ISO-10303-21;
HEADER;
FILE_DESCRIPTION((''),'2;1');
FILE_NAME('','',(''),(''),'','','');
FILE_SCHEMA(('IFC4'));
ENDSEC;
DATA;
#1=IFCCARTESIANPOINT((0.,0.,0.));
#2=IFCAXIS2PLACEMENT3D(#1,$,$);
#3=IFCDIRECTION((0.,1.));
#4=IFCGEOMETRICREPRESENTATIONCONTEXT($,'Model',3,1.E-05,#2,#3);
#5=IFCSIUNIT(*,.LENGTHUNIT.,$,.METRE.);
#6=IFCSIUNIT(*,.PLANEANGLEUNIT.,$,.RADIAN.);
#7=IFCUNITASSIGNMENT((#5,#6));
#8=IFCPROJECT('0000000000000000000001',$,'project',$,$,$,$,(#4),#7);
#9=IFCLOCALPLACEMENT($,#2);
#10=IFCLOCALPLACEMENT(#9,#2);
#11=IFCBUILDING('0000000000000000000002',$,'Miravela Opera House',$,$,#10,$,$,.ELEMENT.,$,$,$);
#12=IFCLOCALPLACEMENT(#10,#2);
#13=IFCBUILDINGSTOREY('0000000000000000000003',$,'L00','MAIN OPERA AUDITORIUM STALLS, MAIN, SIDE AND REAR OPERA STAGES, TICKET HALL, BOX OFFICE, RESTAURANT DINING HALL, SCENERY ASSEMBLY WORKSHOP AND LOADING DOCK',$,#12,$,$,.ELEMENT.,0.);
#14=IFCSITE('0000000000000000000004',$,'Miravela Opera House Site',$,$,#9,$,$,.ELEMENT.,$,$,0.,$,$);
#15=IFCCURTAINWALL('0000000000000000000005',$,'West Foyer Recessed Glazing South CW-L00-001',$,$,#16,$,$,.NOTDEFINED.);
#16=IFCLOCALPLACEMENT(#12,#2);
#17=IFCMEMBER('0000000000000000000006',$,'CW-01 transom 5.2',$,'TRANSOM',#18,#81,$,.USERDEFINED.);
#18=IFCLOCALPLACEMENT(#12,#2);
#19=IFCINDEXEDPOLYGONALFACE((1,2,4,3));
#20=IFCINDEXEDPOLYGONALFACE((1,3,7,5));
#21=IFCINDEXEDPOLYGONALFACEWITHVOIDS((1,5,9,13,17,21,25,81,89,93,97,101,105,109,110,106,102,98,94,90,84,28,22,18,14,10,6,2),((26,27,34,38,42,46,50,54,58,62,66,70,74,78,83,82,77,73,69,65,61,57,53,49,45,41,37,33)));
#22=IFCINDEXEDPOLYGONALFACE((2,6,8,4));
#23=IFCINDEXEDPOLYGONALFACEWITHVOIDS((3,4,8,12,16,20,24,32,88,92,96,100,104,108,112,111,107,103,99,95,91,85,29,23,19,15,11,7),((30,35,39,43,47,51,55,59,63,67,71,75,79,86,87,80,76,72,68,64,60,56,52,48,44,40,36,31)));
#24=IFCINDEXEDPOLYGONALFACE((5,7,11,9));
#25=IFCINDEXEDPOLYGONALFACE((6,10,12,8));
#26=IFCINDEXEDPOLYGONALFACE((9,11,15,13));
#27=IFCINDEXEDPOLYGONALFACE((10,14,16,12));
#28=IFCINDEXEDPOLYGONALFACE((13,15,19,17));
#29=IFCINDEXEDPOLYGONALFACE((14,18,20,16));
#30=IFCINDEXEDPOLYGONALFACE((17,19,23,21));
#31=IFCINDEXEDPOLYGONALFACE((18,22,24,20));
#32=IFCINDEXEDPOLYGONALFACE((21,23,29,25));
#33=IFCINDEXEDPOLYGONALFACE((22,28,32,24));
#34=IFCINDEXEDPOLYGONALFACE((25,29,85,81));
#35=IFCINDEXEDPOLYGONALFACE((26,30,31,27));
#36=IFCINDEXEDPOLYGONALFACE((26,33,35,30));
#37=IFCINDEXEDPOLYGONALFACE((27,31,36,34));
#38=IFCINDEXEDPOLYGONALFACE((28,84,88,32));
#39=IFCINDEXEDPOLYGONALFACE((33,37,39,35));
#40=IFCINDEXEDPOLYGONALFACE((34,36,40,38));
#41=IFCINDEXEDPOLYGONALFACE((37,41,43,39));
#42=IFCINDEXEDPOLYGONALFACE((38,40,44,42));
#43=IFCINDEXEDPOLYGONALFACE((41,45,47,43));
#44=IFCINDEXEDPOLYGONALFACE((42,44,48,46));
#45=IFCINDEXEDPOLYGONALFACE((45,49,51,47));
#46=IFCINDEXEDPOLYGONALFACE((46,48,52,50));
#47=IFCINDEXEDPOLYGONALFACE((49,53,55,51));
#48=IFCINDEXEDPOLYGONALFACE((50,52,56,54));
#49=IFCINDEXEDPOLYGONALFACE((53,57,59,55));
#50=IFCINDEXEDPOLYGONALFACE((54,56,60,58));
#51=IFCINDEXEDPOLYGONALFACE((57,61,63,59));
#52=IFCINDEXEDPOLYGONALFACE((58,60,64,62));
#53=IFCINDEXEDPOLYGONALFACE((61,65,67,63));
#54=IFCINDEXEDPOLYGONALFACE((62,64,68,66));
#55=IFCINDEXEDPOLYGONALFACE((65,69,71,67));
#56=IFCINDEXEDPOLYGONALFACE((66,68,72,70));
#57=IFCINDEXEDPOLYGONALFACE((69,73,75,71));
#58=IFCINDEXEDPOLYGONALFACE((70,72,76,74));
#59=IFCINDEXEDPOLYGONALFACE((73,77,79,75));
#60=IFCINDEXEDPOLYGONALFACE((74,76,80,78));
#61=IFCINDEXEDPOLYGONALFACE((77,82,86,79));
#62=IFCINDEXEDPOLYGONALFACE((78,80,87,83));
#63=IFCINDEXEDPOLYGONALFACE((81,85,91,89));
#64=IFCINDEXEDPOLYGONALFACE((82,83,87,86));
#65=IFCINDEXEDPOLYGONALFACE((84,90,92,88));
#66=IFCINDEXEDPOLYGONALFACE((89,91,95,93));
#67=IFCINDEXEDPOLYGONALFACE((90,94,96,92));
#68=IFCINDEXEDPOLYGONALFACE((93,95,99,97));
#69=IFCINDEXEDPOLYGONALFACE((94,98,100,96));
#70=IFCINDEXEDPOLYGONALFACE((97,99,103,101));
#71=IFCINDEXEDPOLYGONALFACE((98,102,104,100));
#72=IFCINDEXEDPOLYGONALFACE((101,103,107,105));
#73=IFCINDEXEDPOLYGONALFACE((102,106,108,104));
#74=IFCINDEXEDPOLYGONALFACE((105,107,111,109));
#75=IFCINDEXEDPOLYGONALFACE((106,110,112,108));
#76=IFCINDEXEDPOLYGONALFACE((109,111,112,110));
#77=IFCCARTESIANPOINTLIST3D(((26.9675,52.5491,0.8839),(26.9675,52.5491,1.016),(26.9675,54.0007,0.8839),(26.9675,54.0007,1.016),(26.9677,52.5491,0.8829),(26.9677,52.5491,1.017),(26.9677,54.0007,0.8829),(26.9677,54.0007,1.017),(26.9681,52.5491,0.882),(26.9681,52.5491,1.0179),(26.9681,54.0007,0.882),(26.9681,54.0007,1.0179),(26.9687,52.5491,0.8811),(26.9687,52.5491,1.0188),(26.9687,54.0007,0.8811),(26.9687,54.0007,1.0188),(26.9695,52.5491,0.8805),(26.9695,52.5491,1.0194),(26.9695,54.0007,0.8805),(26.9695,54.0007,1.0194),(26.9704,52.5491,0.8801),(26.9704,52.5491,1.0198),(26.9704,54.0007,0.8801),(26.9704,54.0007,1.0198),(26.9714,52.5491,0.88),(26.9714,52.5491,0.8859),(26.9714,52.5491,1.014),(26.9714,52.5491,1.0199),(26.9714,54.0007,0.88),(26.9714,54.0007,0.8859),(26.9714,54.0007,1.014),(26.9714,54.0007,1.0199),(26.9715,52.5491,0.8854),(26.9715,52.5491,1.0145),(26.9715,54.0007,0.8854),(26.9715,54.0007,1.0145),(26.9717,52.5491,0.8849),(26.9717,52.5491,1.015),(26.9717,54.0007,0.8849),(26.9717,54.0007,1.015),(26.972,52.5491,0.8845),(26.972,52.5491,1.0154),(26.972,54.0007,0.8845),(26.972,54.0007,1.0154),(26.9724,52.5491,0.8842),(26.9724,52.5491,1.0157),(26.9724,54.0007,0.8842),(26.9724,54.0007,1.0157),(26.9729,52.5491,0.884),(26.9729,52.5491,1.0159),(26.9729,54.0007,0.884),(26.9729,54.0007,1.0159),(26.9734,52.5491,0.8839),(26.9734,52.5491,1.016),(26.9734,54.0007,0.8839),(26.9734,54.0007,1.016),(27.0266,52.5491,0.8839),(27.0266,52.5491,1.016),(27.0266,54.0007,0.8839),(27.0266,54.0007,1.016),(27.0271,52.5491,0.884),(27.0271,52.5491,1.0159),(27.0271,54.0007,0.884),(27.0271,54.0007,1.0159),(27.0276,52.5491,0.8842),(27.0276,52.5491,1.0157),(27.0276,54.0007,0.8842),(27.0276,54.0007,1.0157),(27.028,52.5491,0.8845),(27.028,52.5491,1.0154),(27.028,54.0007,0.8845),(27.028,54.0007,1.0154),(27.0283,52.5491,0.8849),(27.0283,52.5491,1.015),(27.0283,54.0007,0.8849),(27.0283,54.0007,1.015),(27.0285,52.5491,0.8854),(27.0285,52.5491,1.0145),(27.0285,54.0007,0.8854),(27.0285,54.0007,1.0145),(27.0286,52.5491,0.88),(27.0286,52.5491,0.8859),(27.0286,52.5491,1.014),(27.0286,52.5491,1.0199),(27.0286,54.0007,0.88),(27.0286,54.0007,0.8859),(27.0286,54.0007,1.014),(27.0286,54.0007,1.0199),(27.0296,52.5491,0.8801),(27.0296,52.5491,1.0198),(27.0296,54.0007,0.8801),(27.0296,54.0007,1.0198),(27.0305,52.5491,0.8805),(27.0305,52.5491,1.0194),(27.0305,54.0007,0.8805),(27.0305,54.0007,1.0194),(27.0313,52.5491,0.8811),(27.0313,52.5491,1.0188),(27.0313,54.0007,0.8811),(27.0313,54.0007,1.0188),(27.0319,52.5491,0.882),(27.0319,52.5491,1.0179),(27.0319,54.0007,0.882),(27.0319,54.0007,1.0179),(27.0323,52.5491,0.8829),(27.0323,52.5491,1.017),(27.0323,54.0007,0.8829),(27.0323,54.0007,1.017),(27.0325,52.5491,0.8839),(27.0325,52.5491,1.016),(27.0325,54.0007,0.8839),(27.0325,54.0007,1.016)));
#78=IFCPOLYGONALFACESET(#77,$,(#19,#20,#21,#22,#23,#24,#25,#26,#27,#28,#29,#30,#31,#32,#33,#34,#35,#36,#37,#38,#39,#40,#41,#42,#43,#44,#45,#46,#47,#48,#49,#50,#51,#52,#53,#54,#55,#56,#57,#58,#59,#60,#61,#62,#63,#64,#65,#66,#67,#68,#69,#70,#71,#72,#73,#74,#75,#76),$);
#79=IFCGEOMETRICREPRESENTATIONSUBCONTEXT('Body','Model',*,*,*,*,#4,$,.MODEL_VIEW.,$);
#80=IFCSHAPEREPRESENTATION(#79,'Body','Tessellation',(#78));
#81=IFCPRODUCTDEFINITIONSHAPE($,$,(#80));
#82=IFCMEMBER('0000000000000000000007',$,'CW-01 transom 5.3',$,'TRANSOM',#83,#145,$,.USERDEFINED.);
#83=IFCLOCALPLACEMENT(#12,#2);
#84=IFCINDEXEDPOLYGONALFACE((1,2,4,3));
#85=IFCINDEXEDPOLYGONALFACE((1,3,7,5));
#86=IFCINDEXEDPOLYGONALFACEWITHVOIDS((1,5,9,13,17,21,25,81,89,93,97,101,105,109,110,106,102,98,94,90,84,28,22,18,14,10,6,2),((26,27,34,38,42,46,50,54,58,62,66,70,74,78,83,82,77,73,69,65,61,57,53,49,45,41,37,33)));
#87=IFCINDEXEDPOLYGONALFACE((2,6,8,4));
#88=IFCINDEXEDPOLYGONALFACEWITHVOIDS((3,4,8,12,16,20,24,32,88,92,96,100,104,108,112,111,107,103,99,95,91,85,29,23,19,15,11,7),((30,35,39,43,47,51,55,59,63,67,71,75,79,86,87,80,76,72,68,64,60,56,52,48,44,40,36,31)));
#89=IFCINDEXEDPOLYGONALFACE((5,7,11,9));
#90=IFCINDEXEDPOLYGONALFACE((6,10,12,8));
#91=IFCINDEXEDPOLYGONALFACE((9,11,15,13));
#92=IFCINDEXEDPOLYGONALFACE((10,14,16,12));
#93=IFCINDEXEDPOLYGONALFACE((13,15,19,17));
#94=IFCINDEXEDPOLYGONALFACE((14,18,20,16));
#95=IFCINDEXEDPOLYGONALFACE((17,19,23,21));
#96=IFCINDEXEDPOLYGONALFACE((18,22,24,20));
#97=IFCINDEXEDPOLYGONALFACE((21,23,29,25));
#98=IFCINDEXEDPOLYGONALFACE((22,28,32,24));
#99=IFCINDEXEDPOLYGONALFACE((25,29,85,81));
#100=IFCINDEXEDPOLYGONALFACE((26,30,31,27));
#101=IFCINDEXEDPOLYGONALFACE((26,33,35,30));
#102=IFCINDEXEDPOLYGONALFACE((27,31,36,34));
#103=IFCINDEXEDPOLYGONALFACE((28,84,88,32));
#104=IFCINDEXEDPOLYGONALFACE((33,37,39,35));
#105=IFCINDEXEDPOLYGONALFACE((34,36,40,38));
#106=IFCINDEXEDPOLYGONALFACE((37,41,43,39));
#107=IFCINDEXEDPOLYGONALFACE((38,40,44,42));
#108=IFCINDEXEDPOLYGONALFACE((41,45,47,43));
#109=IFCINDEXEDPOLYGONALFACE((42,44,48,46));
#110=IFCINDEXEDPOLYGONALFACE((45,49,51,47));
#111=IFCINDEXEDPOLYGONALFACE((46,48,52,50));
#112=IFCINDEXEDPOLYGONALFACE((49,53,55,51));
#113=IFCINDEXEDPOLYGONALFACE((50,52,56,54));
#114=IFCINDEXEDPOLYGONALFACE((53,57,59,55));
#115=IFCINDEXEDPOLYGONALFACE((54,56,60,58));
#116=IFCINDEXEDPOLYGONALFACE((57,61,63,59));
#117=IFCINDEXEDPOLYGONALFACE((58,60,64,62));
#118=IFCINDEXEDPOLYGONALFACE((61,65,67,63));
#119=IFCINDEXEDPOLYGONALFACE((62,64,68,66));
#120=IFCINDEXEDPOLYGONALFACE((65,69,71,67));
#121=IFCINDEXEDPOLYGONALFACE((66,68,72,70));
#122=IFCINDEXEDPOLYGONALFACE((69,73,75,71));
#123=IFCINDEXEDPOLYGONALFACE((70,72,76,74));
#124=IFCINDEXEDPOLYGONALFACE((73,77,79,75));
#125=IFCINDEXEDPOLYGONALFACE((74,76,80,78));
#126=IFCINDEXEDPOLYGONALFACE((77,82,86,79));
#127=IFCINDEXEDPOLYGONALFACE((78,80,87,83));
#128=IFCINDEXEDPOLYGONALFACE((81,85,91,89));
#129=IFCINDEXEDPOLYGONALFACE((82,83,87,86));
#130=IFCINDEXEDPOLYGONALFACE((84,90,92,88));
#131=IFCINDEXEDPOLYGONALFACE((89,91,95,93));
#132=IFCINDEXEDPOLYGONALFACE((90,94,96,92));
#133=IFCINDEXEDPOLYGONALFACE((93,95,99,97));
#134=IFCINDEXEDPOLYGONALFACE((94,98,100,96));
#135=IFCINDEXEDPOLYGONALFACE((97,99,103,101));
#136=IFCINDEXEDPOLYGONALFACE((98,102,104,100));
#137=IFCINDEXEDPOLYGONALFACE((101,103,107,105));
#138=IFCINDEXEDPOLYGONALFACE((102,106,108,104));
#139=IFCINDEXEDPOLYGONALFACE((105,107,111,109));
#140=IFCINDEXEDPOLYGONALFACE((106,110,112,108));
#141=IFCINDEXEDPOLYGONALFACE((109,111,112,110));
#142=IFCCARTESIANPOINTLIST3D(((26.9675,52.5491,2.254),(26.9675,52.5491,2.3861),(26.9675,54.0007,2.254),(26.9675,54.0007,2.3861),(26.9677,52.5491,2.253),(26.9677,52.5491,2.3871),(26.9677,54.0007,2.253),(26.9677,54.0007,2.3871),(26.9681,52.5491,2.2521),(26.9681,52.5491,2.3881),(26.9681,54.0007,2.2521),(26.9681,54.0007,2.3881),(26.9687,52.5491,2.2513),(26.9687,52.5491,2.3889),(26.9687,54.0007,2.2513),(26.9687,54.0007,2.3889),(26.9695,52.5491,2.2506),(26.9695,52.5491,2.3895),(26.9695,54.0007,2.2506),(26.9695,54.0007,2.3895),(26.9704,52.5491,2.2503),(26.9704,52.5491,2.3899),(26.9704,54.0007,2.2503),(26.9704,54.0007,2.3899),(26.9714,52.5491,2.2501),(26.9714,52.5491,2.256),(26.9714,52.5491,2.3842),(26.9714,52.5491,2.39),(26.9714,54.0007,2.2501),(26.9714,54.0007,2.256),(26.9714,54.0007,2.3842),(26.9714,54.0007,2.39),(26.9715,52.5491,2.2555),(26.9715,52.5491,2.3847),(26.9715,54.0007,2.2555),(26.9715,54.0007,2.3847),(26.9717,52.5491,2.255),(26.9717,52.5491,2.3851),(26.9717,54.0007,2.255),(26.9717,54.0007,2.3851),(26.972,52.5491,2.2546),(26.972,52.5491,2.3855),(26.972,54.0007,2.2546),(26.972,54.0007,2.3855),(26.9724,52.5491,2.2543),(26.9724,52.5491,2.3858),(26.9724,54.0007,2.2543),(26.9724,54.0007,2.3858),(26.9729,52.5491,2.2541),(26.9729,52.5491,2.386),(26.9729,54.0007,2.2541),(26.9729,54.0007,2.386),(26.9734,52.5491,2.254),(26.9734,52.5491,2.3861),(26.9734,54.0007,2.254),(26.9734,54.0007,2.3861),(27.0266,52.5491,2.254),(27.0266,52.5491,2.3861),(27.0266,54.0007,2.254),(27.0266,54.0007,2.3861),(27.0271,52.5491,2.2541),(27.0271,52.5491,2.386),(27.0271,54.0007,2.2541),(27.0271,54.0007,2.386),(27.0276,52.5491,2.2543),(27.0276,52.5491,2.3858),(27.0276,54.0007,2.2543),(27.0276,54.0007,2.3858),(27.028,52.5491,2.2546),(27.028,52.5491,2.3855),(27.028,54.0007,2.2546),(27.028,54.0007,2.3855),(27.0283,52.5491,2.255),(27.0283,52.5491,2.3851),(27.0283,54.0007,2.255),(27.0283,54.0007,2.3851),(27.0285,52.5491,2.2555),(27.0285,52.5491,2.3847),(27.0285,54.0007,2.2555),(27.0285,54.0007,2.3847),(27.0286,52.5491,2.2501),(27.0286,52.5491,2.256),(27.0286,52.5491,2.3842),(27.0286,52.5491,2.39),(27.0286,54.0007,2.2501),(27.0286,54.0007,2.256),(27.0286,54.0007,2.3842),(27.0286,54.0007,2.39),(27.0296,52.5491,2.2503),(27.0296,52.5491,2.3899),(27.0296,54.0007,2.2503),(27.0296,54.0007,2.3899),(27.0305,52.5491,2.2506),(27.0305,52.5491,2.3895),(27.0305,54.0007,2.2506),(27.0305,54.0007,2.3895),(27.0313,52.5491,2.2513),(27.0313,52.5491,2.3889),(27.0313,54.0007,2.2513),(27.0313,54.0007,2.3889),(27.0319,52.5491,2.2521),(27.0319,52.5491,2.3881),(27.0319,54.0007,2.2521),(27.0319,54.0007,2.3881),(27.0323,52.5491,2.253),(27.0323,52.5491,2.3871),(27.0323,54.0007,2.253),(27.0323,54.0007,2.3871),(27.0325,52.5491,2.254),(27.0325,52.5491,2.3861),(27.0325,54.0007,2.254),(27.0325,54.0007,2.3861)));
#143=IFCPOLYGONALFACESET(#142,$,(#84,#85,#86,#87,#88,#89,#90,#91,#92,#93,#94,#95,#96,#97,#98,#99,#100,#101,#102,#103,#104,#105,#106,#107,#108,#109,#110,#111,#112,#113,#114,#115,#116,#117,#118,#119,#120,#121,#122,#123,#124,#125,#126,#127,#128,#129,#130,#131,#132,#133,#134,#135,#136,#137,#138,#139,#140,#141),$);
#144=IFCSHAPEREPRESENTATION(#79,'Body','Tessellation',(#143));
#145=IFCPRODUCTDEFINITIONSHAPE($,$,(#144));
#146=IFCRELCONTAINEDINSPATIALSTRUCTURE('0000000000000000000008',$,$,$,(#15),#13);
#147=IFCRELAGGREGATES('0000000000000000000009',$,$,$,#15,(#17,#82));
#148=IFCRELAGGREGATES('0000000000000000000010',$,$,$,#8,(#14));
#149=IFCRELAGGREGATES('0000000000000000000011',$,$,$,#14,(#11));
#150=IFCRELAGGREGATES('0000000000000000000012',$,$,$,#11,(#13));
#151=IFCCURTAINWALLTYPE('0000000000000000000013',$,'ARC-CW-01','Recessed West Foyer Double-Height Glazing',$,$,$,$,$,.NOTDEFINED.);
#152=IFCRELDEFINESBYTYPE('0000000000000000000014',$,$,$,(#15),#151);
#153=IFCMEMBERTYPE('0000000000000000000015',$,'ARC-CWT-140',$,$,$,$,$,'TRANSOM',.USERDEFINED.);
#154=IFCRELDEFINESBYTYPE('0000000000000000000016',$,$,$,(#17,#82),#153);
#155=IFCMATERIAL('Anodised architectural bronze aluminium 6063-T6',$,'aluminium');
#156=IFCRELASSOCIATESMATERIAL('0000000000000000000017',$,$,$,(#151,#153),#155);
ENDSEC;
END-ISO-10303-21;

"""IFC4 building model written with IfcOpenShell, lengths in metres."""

from ifc_helpers import new_model, si_unit, direction, frame, origin, origin_2d, place, context, subcontext, project, spatial, hollow_rectangle, extrude, material, material_profile, profile_set, type_object, element, aggregate, save


model = new_model("IFC4")

# Units and contexts
model_context = context("Model", 3, precision=1e-05, world=origin(), true_north=direction((0.0, 1.0)))
body_context = subcontext(model_context, "Body", "Model", "MODEL_VIEW")
ifc_project = project(units=[si_unit("LENGTHUNIT", "METRE"), si_unit("PLANEANGLEUNIT", "RADIAN")], contexts=[model_context])

# Site, building, storey
site_placement = place(None, origin())
site = spatial("IfcSite", under=ifc_project, at=site_placement, Name="Miravela Opera House Site", CompositionType="ELEMENT", RefElevation=0.0)
building_placement = place(site_placement, origin())
building = spatial("IfcBuilding", under=site, at=building_placement, Name="Miravela Opera House", CompositionType="ELEMENT")
storey_placement = place(building_placement, origin())
storey = spatial("IfcBuildingStorey", under=building, at=storey_placement, Name="L00", Description="MAIN OPERA AUDITORIUM STALLS, MAIN, SIDE AND REAR OPERA STAGES, TICKET HALL, BOX OFFICE, RESTAURANT DINING HALL, SCENERY ASSEMBLY WORKSHOP AND LOADING DOCK", CompositionType="ELEMENT", Elevation=0.0)

# Curtain wall, members
ifc_material_1 = material(Name="Anodised architectural bronze aluminium 6063-T6", Category="aluminium")
curtain_wall_type = type_object("IfcCurtainWallType", Name="ARC-CW-01", Description="Recessed West Foyer Double-Height Glazing", PredefinedType="NOTDEFINED", material=ifc_material_1)
curtain_wall_placement = place(storey_placement, origin())
curtain_wall = element("IfcCurtainWall", 1, at=curtain_wall_placement, inside=storey, type_object=curtain_wall_type, Name="West Foyer Recessed Glazing South CW-L00-001", PredefinedType="NOTDEFINED")
ifc_material_profile_1 = material_profile(ifc_material_1, hollow_rectangle(XDim=0.0649, YDim=0.1399, WallThickness=0.0039, InnerFilletRadius=0.002, OuterFilletRadius=0.0039, at=origin_2d()), Name="CWT-65X140")
ifc_profile_set_1 = profile_set([ifc_material_profile_1])
member_type_1 = type_object("IfcMemberType", Name="ARC-CWT-140", ElementType="TRANSOM", PredefinedType="USERDEFINED", material=ifc_profile_set_1)
member_1_placement = place(storey_placement, frame((27.0, 52.5491, 0.95), z_axis=(0.0, 1.0, 0.0), x_axis=(-1.0, 0.0, 0.0)))
member_1 = element("IfcMember", 2, at=member_1_placement, type_object=member_type_1, Name="CW-01 transom 5.2", ObjectType="TRANSOM", PredefinedType="USERDEFINED", context=body_context, shape_type="SweptSolid", body=[
    extrude(hollow_rectangle(XDim=0.0649, YDim=0.1399, WallThickness=0.0039, InnerFilletRadius=0.002, OuterFilletRadius=0.0039, at=origin_2d()), origin(), (0.0, 0.0, 1.0), 1.4517),
])
member_2_placement = place(storey_placement, frame((27.0, 52.5491, 2.3201), z_axis=(0.0, 1.0, 0.0), x_axis=(-1.0, 0.0, 0.0)))
member_2 = element("IfcMember", 3, at=member_2_placement, type_object=member_type_1, Name="CW-01 transom 5.3", ObjectType="TRANSOM", PredefinedType="USERDEFINED", context=body_context, shape_type="SweptSolid", body=[
    extrude(hollow_rectangle(XDim=0.0649, YDim=0.1399, WallThickness=0.0039, InnerFilletRadius=0.002, OuterFilletRadius=0.0039, at=origin_2d()), origin(), (0.0, 0.0, 1.0), 1.4517),
])

aggregate(curtain_wall, [member_1, member_2])

save(model, "model.ifc")
